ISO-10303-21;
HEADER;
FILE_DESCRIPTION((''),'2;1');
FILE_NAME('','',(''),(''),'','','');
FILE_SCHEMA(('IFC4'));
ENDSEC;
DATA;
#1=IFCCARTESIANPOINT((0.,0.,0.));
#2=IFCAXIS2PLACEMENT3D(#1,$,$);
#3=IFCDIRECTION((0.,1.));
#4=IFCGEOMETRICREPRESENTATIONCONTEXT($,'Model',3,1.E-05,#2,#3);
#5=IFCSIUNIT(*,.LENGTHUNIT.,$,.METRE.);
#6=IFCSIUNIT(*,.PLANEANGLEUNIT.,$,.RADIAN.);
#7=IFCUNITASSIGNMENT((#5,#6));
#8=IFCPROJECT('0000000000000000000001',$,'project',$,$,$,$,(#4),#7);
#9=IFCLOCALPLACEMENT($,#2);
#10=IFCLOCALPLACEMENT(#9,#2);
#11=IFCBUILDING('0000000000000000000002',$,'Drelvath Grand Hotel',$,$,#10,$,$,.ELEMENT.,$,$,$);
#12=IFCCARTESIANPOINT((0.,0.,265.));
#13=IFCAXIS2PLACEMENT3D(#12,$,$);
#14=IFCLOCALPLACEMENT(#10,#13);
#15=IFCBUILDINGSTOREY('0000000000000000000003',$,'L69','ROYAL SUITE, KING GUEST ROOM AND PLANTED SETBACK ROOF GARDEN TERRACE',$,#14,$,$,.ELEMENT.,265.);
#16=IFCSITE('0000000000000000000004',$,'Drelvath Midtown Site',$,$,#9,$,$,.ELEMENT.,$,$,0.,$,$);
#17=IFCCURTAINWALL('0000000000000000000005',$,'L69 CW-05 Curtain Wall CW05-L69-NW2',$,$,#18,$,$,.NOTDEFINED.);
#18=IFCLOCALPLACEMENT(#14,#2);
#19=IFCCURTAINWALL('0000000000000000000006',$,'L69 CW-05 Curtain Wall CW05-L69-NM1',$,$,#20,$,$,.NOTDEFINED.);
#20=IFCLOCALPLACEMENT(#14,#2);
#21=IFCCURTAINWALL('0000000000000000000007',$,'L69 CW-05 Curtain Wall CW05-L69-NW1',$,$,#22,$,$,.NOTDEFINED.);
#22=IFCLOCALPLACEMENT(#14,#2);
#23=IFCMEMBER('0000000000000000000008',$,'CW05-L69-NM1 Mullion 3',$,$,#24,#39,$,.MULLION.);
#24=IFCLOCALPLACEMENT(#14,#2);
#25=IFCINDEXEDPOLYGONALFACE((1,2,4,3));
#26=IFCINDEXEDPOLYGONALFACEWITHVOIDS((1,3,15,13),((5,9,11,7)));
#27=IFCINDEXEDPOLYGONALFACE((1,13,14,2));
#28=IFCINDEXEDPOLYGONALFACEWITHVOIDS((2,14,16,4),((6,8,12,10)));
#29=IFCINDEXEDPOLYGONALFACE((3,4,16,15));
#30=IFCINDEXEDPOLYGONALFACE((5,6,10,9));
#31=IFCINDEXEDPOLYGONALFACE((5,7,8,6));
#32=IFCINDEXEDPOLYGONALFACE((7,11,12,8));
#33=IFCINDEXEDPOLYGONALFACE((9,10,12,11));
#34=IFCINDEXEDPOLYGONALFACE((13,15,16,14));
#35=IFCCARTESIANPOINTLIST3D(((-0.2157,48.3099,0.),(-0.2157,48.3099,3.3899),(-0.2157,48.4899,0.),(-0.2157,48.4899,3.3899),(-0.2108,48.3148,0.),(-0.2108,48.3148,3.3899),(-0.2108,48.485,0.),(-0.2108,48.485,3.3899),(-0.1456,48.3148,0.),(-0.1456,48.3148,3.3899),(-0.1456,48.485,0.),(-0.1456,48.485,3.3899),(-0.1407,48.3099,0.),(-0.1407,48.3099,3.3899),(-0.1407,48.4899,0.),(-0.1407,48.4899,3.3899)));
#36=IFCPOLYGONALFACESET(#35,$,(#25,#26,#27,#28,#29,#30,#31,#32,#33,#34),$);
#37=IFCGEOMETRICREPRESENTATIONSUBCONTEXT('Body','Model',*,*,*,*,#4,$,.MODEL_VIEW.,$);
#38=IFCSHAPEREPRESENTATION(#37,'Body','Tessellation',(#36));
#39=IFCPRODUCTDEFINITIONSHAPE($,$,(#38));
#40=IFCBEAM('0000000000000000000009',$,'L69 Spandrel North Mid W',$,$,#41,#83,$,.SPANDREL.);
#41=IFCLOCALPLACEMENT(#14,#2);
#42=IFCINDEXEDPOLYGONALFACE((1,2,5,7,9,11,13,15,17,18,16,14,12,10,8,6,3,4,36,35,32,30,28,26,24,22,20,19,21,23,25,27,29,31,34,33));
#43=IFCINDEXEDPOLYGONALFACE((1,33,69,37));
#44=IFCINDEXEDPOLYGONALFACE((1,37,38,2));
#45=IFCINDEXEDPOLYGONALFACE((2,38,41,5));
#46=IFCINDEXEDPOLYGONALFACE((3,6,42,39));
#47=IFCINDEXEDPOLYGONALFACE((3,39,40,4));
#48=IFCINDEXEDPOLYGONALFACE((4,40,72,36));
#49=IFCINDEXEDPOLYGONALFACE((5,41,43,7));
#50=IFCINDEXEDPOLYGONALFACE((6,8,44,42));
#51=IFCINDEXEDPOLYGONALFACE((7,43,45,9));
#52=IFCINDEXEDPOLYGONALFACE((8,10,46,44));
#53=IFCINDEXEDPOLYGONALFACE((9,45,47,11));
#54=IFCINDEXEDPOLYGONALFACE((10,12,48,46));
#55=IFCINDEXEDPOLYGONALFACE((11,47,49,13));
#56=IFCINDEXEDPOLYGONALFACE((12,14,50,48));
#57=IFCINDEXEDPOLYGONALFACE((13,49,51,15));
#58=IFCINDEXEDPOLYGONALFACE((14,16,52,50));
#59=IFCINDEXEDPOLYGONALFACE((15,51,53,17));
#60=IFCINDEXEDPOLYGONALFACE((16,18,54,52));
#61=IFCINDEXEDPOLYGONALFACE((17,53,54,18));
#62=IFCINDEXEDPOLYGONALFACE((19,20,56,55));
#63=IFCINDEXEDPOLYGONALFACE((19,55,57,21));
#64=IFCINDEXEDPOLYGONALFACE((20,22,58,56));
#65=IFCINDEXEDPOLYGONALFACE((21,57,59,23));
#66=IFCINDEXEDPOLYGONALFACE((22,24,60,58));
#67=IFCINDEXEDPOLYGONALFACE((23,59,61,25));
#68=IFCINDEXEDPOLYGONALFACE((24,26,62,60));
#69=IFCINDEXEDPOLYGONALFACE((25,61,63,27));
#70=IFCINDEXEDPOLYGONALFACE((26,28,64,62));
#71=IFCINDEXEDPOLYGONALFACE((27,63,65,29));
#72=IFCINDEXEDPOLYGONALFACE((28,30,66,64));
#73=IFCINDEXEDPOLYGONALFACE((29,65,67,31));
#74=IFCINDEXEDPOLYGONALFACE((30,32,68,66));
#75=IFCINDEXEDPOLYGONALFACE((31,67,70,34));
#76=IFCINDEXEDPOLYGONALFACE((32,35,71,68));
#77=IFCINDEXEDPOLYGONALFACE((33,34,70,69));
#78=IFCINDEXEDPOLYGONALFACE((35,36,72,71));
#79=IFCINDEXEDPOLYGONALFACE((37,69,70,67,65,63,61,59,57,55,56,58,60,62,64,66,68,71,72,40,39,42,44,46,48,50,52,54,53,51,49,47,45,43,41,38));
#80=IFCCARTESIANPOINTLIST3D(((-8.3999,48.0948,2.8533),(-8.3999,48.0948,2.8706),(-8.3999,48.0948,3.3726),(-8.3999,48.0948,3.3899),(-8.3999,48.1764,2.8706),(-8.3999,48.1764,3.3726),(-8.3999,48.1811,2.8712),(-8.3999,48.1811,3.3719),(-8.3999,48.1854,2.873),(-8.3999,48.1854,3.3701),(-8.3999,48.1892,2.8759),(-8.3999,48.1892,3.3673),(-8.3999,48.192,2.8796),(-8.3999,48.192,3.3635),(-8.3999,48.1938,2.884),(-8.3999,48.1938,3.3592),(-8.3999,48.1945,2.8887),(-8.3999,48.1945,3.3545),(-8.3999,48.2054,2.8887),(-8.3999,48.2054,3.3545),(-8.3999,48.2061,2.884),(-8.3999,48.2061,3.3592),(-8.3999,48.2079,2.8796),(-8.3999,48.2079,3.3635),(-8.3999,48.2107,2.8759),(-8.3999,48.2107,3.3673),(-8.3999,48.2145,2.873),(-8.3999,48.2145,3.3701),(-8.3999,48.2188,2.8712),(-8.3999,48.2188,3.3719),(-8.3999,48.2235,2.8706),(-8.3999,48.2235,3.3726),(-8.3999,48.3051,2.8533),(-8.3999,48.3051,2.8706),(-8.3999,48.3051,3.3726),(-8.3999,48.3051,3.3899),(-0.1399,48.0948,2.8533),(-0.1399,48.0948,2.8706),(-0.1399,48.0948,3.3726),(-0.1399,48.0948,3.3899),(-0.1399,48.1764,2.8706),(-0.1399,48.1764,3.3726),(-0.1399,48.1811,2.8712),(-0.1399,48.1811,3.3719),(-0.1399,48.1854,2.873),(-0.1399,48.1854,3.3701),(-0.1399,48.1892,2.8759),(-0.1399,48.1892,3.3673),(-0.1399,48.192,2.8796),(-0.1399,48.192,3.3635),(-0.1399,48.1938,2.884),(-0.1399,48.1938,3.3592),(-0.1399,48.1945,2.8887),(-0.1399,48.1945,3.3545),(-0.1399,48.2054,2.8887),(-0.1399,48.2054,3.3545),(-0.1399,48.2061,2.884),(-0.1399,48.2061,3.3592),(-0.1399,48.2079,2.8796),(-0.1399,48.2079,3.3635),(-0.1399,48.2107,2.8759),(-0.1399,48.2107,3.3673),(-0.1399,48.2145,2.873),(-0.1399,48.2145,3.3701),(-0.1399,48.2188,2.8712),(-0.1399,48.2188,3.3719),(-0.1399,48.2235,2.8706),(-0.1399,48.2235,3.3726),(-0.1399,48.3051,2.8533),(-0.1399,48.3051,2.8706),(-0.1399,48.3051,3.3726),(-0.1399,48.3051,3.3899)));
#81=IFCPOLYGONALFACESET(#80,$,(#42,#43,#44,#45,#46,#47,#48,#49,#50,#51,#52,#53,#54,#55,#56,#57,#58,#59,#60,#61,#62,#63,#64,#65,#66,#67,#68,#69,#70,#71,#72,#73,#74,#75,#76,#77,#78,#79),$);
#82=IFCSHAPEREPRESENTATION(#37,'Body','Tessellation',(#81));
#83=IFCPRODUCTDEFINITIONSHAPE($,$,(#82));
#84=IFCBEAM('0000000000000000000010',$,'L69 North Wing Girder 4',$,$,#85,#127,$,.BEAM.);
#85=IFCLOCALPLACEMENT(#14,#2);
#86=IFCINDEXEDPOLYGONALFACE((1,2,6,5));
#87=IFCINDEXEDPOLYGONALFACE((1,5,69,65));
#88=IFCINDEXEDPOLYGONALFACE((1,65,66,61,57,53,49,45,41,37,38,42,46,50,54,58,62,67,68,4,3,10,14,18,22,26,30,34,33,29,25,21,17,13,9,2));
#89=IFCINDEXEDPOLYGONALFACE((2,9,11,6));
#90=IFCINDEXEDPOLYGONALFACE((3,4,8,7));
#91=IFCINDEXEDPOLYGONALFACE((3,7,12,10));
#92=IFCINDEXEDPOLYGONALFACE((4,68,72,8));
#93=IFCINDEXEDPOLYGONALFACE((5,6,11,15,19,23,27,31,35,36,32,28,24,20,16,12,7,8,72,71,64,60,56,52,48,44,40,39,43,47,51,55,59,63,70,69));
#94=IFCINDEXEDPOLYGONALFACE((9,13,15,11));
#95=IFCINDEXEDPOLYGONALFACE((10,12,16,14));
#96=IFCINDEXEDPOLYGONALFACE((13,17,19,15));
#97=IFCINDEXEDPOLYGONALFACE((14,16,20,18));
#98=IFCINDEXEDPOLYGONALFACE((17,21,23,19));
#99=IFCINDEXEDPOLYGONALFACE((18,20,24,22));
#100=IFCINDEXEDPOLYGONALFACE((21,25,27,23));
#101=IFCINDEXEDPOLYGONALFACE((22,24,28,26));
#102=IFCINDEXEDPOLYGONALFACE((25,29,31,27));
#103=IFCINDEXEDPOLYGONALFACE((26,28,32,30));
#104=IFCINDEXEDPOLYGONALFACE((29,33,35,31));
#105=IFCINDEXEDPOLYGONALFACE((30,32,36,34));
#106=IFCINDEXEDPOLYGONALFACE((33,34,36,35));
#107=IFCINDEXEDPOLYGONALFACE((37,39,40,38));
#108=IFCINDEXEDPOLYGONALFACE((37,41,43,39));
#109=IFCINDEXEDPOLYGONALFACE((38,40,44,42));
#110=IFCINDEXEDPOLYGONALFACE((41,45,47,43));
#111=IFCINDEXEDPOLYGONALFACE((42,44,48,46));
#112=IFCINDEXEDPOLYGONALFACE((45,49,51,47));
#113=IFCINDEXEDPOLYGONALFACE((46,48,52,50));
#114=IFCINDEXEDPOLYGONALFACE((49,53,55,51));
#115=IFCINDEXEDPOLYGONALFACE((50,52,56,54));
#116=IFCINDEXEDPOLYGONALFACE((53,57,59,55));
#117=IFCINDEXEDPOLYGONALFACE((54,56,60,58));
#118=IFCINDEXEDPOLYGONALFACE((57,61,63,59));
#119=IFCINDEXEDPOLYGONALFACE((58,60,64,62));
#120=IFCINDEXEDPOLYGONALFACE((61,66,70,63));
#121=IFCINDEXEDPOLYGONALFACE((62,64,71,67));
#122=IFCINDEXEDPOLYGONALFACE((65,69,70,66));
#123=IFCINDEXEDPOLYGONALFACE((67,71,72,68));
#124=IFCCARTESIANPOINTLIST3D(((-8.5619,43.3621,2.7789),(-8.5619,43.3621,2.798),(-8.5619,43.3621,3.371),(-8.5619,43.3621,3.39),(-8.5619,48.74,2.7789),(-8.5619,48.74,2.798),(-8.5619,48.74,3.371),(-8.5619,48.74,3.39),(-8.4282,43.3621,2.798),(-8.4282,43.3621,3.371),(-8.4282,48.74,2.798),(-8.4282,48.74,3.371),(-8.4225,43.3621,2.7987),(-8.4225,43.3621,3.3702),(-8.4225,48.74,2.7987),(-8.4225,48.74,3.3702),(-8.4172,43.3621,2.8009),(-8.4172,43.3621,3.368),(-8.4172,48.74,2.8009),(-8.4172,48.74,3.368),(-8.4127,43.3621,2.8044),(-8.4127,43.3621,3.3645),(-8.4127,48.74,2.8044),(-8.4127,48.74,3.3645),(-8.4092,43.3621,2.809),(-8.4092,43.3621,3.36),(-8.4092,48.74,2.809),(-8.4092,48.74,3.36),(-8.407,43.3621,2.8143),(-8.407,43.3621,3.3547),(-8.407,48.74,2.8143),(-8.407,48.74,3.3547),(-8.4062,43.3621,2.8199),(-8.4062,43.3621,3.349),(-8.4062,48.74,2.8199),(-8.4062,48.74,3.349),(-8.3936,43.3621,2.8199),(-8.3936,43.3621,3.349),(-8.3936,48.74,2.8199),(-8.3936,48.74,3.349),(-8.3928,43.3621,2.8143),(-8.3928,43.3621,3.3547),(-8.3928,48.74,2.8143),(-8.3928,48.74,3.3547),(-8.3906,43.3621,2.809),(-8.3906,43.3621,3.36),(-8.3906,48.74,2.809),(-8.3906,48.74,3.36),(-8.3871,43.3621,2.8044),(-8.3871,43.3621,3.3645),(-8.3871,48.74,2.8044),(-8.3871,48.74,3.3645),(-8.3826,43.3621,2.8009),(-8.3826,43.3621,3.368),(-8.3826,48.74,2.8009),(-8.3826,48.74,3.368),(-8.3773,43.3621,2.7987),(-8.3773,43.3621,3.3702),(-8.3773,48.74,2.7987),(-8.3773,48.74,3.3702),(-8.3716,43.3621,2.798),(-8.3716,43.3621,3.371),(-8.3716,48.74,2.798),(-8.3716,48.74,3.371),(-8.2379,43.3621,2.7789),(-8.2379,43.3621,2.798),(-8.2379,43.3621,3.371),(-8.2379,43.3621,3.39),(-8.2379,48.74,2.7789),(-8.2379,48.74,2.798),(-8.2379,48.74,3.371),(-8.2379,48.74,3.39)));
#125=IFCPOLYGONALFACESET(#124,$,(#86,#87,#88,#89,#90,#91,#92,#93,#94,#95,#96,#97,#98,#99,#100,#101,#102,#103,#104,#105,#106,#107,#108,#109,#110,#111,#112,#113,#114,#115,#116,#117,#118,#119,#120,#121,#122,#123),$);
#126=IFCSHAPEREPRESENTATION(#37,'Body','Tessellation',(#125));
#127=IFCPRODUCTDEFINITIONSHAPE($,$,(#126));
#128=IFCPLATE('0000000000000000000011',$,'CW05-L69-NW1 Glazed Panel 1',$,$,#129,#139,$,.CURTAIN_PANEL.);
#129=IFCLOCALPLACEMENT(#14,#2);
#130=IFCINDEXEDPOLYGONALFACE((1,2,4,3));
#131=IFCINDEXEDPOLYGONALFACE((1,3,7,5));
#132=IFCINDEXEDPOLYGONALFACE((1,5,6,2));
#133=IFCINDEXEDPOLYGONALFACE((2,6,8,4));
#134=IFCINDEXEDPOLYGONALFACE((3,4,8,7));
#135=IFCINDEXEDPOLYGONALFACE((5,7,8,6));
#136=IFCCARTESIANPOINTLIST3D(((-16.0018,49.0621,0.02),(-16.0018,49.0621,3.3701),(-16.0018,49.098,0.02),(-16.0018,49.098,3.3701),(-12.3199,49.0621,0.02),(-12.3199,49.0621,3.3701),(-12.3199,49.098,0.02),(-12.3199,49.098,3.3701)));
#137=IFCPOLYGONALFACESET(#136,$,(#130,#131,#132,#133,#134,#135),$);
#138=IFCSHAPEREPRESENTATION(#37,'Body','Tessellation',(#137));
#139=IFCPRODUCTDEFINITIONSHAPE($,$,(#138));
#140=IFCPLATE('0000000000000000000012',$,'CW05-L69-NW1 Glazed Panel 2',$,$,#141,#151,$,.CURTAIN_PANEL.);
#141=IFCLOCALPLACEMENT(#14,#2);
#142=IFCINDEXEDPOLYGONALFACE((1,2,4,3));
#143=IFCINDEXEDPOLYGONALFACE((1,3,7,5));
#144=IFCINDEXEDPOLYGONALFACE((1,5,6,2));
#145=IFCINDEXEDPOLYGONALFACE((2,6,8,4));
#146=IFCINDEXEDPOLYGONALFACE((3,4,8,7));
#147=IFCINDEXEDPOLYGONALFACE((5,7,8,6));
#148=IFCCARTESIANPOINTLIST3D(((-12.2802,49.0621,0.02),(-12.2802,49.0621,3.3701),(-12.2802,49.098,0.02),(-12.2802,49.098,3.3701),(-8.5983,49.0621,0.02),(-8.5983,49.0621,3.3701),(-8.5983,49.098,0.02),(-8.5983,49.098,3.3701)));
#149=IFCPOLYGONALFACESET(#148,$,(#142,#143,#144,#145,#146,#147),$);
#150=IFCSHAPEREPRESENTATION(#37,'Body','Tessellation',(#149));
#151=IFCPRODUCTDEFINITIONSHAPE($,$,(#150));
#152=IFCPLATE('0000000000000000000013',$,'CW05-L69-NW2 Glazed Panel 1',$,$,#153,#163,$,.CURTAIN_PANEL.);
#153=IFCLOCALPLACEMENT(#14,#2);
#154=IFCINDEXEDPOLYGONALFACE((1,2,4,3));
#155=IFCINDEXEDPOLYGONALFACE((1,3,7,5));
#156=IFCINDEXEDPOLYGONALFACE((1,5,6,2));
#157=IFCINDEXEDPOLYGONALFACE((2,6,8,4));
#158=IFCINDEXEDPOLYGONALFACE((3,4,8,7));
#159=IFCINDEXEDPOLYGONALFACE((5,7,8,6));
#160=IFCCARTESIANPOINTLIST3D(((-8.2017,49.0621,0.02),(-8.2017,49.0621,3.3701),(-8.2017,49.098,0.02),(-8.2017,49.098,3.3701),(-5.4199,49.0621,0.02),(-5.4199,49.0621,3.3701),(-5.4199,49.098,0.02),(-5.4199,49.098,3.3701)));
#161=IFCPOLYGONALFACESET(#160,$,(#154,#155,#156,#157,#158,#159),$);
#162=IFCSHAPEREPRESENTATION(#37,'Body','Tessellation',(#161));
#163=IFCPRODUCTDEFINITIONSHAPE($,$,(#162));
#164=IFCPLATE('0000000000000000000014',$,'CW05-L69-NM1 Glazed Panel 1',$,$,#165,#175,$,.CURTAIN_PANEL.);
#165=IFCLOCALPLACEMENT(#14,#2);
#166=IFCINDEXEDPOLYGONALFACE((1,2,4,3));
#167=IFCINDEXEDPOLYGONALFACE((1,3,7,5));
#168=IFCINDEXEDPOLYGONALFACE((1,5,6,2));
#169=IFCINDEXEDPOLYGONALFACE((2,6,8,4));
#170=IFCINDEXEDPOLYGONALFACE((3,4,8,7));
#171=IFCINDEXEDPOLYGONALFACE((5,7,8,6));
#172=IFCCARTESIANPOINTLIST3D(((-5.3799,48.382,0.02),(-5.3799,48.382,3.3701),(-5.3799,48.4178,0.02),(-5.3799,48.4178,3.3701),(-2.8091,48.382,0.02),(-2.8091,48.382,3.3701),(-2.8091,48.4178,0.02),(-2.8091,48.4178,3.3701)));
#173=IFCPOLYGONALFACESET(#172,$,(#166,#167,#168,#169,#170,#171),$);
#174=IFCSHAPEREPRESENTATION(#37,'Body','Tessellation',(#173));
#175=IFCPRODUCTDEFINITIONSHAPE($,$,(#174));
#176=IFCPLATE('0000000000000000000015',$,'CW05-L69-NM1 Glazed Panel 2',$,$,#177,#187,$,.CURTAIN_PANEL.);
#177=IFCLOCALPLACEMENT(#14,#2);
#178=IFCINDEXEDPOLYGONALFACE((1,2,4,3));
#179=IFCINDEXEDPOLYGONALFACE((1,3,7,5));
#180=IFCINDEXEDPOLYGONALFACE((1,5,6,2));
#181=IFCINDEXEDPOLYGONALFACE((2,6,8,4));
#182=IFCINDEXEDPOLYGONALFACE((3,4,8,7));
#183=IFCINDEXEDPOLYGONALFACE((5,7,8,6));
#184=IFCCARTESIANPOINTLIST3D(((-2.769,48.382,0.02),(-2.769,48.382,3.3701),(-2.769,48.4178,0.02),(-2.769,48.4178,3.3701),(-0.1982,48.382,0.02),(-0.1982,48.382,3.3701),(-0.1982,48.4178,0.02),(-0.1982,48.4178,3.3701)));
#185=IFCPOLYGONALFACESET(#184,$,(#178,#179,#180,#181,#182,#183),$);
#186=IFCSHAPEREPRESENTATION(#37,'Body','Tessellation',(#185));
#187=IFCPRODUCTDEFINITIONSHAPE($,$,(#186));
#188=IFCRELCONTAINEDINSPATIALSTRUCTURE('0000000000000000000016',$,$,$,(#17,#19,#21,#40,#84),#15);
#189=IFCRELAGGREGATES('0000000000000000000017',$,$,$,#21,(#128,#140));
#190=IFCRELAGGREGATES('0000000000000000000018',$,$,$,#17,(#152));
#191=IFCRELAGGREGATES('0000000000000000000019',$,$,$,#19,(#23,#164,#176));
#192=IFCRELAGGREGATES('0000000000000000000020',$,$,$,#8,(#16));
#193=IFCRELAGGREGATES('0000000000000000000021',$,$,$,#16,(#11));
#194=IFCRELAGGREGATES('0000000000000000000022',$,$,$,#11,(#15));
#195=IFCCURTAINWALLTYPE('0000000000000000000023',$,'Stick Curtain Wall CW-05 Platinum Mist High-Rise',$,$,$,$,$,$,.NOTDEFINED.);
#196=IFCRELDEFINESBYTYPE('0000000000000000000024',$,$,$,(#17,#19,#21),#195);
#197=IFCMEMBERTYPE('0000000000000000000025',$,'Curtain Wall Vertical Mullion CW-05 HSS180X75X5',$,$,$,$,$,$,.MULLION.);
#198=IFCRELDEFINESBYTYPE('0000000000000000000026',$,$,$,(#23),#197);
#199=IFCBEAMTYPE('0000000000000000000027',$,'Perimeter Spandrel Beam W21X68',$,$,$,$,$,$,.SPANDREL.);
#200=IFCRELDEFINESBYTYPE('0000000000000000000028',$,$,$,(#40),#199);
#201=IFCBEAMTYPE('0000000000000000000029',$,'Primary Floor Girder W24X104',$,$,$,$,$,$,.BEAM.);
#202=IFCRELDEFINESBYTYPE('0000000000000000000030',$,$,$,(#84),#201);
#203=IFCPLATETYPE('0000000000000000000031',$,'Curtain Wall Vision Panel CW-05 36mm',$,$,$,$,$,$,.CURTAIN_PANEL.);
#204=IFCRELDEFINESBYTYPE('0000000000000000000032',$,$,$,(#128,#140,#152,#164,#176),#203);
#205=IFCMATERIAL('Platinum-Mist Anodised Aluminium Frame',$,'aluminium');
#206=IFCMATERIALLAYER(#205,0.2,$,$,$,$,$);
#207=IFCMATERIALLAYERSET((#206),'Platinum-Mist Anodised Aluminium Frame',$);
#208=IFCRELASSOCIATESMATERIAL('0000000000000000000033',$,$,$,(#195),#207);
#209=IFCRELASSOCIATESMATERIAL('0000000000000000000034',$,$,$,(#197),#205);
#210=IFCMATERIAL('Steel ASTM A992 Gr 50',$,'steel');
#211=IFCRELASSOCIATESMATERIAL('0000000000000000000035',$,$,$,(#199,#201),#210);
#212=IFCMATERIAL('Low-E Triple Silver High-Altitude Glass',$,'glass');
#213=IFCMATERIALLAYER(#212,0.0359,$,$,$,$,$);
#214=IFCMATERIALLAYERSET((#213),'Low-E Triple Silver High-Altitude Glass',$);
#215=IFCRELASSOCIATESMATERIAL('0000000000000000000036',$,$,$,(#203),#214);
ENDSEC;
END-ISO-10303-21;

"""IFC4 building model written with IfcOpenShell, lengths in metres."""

from ifc_helpers import new_model, si_unit, direction, frame, origin, origin_2d, place, context, subcontext, project, spatial, rectangle, hollow_rectangle, i_section, extrude, material, layer, layer_set, material_profile, profile_set, type_object, element, aggregate, save


model = new_model("IFC4")

# Units and contexts
model_context = context("Model", 3, precision=1e-05, world=origin(), true_north=direction((0.0, 1.0)))
body_context = subcontext(model_context, "Body", "Model", "MODEL_VIEW")
ifc_project = project(units=[si_unit("LENGTHUNIT", "METRE"), si_unit("PLANEANGLEUNIT", "RADIAN")], contexts=[model_context])

# Site, building, storey
site_placement = place(None, origin())
site = spatial("IfcSite", under=ifc_project, at=site_placement, Name="Drelvath Midtown Site", CompositionType="ELEMENT", RefElevation=0.0)
building_placement = place(site_placement, origin())
building = spatial("IfcBuilding", under=site, at=building_placement, Name="Drelvath Grand Hotel", CompositionType="ELEMENT")
storey_placement = place(building_placement, frame((0.0, 0.0, 265.0)))
storey = spatial("IfcBuildingStorey", under=building, at=storey_placement, Name="L69", Description="ROYAL SUITE, KING GUEST ROOM AND PLANTED SETBACK ROOF GARDEN TERRACE", CompositionType="ELEMENT", Elevation=265.0)

# Curtain walls
ifc_material_1 = material(Name="Platinum-Mist Anodised Aluminium Frame", Category="aluminium")
ifc_layer_1 = layer(ifc_material_1, 0.2)
ifc_layer_set_1 = layer_set([ifc_layer_1], Name="Platinum-Mist Anodised Aluminium Frame")
curtain_wall_type = type_object("IfcCurtainWallType", Name="Stick Curtain Wall CW-05 Platinum Mist High-Rise", PredefinedType="NOTDEFINED", material=ifc_layer_set_1)
curtain_wall_1_placement = place(storey_placement, origin())
curtain_wall_1 = element("IfcCurtainWall", 1, at=curtain_wall_1_placement, inside=storey, type_object=curtain_wall_type, Name="L69 CW-05 Curtain Wall CW05-L69-NW2", PredefinedType="NOTDEFINED")
curtain_wall_2_placement = place(storey_placement, origin())
curtain_wall_2 = element("IfcCurtainWall", 2, at=curtain_wall_2_placement, inside=storey, type_object=curtain_wall_type, Name="L69 CW-05 Curtain Wall CW05-L69-NM1", PredefinedType="NOTDEFINED")

# Curtain wall
curtain_wall_3_placement = place(storey_placement, origin())
curtain_wall_3 = element("IfcCurtainWall", 3, at=curtain_wall_3_placement, inside=storey, type_object=curtain_wall_type, Name="L69 CW-05 Curtain Wall CW05-L69-NW1", PredefinedType="NOTDEFINED")
ifc_material_profile_1 = material_profile(ifc_material_1, hollow_rectangle(XDim=0.075, YDim=0.1799, WallThickness=0.0049, at=origin_2d()), Name="HSS180X75X5")
ifc_profile_set_1 = profile_set([ifc_material_profile_1], Name="Platinum-Mist Anodised Aluminium Frame")
member_type_1 = type_object("IfcMemberType", Name="Curtain Wall Vertical Mullion CW-05 HSS180X75X5", PredefinedType="MULLION", material=ifc_profile_set_1)

# Member
member_1_placement = place(storey_placement, frame((-0.1782, 48.3999, 0.0), z_axis=(0.0, 0.0, 1.0), x_axis=(1.0, 0.0, 0.0)))
member_1 = element("IfcMember", 4, at=member_1_placement, type_object=member_type_1, Name="CW05-L69-NM1 Mullion 3", PredefinedType="MULLION", context=body_context, shape_type="SweptSolid", body=[
    extrude(hollow_rectangle(XDim=0.075, YDim=0.1799, WallThickness=0.0049, at=origin_2d()), origin(), (0.0, 0.0, 1.0), 3.3899),
])

# Beams
ifc_material_2 = material(Name="Steel ASTM A992 Gr 50", Category="steel")
ifc_material_profile_2 = material_profile(ifc_material_2, i_section(OverallWidth=0.2102, OverallDepth=0.5366, WebThickness=0.011, FlangeThickness=0.0173, FilletRadius=0.0181, at=origin_2d()), Name="W21X68")
ifc_profile_set_2 = profile_set([ifc_material_profile_2], Name="Steel ASTM A992 Gr 50")
beam_type_1 = type_object("IfcBeamType", Name="Perimeter Spandrel Beam W21X68", PredefinedType="SPANDREL", material=ifc_profile_set_2)
beam_1_placement = place(storey_placement, frame((-8.3999, 48.2, 3.1216), z_axis=(1.0, 0.0, 0.0), x_axis=(0.0, 1.0, 0.0)))
element("IfcBeam", 5, at=beam_1_placement, inside=storey, type_object=beam_type_1, Name="L69 Spandrel North Mid W", PredefinedType="SPANDREL", context=body_context, shape_type="SweptSolid", body=[
    extrude(i_section(OverallWidth=0.2102, OverallDepth=0.5366, WebThickness=0.011, FlangeThickness=0.0173, FilletRadius=0.0181, at=origin_2d()), origin(), (0.0, 0.0, 1.0), 8.26),
])
ifc_material_profile_3 = material_profile(ifc_material_2, i_section(OverallWidth=0.324, OverallDepth=0.6111, WebThickness=0.0127, FlangeThickness=0.019, FilletRadius=0.022, at=origin_2d()), Name="W24X104")
ifc_profile_set_3 = profile_set([ifc_material_profile_3], Name="Steel ASTM A992 Gr 50")
beam_type_2 = type_object("IfcBeamType", Name="Primary Floor Girder W24X104", PredefinedType="BEAM", material=ifc_profile_set_3)
beam_2_placement = place(storey_placement, frame((-8.3999, 43.3621, 3.0845), z_axis=(0.0, 1.0, 0.0), x_axis=(-1.0, 0.0, 0.0)))
element("IfcBeam", 6, at=beam_2_placement, inside=storey, type_object=beam_type_2, Name="L69 North Wing Girder 4", PredefinedType="BEAM", context=body_context, shape_type="SweptSolid", body=[
    extrude(i_section(OverallWidth=0.324, OverallDepth=0.6111, WebThickness=0.0127, FlangeThickness=0.019, FilletRadius=0.022, at=origin_2d()), origin(), (0.0, 0.0, 1.0), 5.3779),
])

# Plates
ifc_material_3 = material(Name="Low-E Triple Silver High-Altitude Glass", Category="glass")
ifc_layer_2 = layer(ifc_material_3, 0.0359)
ifc_layer_set_2 = layer_set([ifc_layer_2], Name="Low-E Triple Silver High-Altitude Glass")
plate_type = type_object("IfcPlateType", Name="Curtain Wall Vision Panel CW-05 36mm", PredefinedType="CURTAIN_PANEL", material=ifc_layer_set_2)
plate_1_placement = place(storey_placement, frame((-14.1609, 49.0801, 0.02), z_axis=(0.0, 0.0, 1.0), x_axis=(1.0, 0.0, 0.0)))
plate_1 = element("IfcPlate", 7, at=plate_1_placement, type_object=plate_type, Name="CW05-L69-NW1 Glazed Panel 1", PredefinedType="CURTAIN_PANEL", context=body_context, shape_type="SweptSolid", body=[
    extrude(rectangle(XDim=3.6819, YDim=0.0359, at=origin_2d()), origin(), (0.0, 0.0, 1.0), 3.3501),
])
plate_2_placement = place(storey_placement, frame((-10.4392, 49.0801, 0.02), z_axis=(0.0, 0.0, 1.0), x_axis=(1.0, 0.0, 0.0)))
plate_2 = element("IfcPlate", 8, at=plate_2_placement, type_object=plate_type, Name="CW05-L69-NW1 Glazed Panel 2", PredefinedType="CURTAIN_PANEL", context=body_context, shape_type="SweptSolid", body=[
    extrude(rectangle(XDim=3.6819, YDim=0.0359, at=origin_2d()), origin(), (0.0, 0.0, 1.0), 3.3501),
])
aggregate(curtain_wall_3, [plate_1, plate_2])
plate_3_placement = place(storey_placement, frame((-6.8108, 49.0801, 0.02), z_axis=(0.0, 0.0, 1.0), x_axis=(1.0, 0.0, 0.0)))
plate_3 = element("IfcPlate", 9, at=plate_3_placement, type_object=plate_type, Name="CW05-L69-NW2 Glazed Panel 1", PredefinedType="CURTAIN_PANEL", context=body_context, shape_type="SweptSolid", body=[
    extrude(rectangle(XDim=2.7817, YDim=0.0359, at=origin_2d()), origin(), (0.0, 0.0, 1.0), 3.3501),
])
aggregate(curtain_wall_1, [plate_3])
plate_4_placement = place(storey_placement, frame((-4.0945, 48.3999, 0.02), z_axis=(0.0, 0.0, 1.0), x_axis=(1.0, 0.0, 0.0)))
plate_4 = element("IfcPlate", 10, at=plate_4_placement, type_object=plate_type, Name="CW05-L69-NM1 Glazed Panel 1", PredefinedType="CURTAIN_PANEL", context=body_context, shape_type="SweptSolid", body=[
    extrude(rectangle(XDim=2.5708, YDim=0.0359, at=origin_2d()), origin(), (0.0, 0.0, 1.0), 3.3501),
])
plate_5_placement = place(storey_placement, frame((-1.4836, 48.3999, 0.02), z_axis=(0.0, 0.0, 1.0), x_axis=(1.0, 0.0, 0.0)))
plate_5 = element("IfcPlate", 11, at=plate_5_placement, type_object=plate_type, Name="CW05-L69-NM1 Glazed Panel 2", PredefinedType="CURTAIN_PANEL", context=body_context, shape_type="SweptSolid", body=[
    extrude(rectangle(XDim=2.5708, YDim=0.0359, at=origin_2d()), origin(), (0.0, 0.0, 1.0), 3.3501),
])
aggregate(curtain_wall_2, [member_1, plate_4, plate_5])

save(model, "model.ifc")
